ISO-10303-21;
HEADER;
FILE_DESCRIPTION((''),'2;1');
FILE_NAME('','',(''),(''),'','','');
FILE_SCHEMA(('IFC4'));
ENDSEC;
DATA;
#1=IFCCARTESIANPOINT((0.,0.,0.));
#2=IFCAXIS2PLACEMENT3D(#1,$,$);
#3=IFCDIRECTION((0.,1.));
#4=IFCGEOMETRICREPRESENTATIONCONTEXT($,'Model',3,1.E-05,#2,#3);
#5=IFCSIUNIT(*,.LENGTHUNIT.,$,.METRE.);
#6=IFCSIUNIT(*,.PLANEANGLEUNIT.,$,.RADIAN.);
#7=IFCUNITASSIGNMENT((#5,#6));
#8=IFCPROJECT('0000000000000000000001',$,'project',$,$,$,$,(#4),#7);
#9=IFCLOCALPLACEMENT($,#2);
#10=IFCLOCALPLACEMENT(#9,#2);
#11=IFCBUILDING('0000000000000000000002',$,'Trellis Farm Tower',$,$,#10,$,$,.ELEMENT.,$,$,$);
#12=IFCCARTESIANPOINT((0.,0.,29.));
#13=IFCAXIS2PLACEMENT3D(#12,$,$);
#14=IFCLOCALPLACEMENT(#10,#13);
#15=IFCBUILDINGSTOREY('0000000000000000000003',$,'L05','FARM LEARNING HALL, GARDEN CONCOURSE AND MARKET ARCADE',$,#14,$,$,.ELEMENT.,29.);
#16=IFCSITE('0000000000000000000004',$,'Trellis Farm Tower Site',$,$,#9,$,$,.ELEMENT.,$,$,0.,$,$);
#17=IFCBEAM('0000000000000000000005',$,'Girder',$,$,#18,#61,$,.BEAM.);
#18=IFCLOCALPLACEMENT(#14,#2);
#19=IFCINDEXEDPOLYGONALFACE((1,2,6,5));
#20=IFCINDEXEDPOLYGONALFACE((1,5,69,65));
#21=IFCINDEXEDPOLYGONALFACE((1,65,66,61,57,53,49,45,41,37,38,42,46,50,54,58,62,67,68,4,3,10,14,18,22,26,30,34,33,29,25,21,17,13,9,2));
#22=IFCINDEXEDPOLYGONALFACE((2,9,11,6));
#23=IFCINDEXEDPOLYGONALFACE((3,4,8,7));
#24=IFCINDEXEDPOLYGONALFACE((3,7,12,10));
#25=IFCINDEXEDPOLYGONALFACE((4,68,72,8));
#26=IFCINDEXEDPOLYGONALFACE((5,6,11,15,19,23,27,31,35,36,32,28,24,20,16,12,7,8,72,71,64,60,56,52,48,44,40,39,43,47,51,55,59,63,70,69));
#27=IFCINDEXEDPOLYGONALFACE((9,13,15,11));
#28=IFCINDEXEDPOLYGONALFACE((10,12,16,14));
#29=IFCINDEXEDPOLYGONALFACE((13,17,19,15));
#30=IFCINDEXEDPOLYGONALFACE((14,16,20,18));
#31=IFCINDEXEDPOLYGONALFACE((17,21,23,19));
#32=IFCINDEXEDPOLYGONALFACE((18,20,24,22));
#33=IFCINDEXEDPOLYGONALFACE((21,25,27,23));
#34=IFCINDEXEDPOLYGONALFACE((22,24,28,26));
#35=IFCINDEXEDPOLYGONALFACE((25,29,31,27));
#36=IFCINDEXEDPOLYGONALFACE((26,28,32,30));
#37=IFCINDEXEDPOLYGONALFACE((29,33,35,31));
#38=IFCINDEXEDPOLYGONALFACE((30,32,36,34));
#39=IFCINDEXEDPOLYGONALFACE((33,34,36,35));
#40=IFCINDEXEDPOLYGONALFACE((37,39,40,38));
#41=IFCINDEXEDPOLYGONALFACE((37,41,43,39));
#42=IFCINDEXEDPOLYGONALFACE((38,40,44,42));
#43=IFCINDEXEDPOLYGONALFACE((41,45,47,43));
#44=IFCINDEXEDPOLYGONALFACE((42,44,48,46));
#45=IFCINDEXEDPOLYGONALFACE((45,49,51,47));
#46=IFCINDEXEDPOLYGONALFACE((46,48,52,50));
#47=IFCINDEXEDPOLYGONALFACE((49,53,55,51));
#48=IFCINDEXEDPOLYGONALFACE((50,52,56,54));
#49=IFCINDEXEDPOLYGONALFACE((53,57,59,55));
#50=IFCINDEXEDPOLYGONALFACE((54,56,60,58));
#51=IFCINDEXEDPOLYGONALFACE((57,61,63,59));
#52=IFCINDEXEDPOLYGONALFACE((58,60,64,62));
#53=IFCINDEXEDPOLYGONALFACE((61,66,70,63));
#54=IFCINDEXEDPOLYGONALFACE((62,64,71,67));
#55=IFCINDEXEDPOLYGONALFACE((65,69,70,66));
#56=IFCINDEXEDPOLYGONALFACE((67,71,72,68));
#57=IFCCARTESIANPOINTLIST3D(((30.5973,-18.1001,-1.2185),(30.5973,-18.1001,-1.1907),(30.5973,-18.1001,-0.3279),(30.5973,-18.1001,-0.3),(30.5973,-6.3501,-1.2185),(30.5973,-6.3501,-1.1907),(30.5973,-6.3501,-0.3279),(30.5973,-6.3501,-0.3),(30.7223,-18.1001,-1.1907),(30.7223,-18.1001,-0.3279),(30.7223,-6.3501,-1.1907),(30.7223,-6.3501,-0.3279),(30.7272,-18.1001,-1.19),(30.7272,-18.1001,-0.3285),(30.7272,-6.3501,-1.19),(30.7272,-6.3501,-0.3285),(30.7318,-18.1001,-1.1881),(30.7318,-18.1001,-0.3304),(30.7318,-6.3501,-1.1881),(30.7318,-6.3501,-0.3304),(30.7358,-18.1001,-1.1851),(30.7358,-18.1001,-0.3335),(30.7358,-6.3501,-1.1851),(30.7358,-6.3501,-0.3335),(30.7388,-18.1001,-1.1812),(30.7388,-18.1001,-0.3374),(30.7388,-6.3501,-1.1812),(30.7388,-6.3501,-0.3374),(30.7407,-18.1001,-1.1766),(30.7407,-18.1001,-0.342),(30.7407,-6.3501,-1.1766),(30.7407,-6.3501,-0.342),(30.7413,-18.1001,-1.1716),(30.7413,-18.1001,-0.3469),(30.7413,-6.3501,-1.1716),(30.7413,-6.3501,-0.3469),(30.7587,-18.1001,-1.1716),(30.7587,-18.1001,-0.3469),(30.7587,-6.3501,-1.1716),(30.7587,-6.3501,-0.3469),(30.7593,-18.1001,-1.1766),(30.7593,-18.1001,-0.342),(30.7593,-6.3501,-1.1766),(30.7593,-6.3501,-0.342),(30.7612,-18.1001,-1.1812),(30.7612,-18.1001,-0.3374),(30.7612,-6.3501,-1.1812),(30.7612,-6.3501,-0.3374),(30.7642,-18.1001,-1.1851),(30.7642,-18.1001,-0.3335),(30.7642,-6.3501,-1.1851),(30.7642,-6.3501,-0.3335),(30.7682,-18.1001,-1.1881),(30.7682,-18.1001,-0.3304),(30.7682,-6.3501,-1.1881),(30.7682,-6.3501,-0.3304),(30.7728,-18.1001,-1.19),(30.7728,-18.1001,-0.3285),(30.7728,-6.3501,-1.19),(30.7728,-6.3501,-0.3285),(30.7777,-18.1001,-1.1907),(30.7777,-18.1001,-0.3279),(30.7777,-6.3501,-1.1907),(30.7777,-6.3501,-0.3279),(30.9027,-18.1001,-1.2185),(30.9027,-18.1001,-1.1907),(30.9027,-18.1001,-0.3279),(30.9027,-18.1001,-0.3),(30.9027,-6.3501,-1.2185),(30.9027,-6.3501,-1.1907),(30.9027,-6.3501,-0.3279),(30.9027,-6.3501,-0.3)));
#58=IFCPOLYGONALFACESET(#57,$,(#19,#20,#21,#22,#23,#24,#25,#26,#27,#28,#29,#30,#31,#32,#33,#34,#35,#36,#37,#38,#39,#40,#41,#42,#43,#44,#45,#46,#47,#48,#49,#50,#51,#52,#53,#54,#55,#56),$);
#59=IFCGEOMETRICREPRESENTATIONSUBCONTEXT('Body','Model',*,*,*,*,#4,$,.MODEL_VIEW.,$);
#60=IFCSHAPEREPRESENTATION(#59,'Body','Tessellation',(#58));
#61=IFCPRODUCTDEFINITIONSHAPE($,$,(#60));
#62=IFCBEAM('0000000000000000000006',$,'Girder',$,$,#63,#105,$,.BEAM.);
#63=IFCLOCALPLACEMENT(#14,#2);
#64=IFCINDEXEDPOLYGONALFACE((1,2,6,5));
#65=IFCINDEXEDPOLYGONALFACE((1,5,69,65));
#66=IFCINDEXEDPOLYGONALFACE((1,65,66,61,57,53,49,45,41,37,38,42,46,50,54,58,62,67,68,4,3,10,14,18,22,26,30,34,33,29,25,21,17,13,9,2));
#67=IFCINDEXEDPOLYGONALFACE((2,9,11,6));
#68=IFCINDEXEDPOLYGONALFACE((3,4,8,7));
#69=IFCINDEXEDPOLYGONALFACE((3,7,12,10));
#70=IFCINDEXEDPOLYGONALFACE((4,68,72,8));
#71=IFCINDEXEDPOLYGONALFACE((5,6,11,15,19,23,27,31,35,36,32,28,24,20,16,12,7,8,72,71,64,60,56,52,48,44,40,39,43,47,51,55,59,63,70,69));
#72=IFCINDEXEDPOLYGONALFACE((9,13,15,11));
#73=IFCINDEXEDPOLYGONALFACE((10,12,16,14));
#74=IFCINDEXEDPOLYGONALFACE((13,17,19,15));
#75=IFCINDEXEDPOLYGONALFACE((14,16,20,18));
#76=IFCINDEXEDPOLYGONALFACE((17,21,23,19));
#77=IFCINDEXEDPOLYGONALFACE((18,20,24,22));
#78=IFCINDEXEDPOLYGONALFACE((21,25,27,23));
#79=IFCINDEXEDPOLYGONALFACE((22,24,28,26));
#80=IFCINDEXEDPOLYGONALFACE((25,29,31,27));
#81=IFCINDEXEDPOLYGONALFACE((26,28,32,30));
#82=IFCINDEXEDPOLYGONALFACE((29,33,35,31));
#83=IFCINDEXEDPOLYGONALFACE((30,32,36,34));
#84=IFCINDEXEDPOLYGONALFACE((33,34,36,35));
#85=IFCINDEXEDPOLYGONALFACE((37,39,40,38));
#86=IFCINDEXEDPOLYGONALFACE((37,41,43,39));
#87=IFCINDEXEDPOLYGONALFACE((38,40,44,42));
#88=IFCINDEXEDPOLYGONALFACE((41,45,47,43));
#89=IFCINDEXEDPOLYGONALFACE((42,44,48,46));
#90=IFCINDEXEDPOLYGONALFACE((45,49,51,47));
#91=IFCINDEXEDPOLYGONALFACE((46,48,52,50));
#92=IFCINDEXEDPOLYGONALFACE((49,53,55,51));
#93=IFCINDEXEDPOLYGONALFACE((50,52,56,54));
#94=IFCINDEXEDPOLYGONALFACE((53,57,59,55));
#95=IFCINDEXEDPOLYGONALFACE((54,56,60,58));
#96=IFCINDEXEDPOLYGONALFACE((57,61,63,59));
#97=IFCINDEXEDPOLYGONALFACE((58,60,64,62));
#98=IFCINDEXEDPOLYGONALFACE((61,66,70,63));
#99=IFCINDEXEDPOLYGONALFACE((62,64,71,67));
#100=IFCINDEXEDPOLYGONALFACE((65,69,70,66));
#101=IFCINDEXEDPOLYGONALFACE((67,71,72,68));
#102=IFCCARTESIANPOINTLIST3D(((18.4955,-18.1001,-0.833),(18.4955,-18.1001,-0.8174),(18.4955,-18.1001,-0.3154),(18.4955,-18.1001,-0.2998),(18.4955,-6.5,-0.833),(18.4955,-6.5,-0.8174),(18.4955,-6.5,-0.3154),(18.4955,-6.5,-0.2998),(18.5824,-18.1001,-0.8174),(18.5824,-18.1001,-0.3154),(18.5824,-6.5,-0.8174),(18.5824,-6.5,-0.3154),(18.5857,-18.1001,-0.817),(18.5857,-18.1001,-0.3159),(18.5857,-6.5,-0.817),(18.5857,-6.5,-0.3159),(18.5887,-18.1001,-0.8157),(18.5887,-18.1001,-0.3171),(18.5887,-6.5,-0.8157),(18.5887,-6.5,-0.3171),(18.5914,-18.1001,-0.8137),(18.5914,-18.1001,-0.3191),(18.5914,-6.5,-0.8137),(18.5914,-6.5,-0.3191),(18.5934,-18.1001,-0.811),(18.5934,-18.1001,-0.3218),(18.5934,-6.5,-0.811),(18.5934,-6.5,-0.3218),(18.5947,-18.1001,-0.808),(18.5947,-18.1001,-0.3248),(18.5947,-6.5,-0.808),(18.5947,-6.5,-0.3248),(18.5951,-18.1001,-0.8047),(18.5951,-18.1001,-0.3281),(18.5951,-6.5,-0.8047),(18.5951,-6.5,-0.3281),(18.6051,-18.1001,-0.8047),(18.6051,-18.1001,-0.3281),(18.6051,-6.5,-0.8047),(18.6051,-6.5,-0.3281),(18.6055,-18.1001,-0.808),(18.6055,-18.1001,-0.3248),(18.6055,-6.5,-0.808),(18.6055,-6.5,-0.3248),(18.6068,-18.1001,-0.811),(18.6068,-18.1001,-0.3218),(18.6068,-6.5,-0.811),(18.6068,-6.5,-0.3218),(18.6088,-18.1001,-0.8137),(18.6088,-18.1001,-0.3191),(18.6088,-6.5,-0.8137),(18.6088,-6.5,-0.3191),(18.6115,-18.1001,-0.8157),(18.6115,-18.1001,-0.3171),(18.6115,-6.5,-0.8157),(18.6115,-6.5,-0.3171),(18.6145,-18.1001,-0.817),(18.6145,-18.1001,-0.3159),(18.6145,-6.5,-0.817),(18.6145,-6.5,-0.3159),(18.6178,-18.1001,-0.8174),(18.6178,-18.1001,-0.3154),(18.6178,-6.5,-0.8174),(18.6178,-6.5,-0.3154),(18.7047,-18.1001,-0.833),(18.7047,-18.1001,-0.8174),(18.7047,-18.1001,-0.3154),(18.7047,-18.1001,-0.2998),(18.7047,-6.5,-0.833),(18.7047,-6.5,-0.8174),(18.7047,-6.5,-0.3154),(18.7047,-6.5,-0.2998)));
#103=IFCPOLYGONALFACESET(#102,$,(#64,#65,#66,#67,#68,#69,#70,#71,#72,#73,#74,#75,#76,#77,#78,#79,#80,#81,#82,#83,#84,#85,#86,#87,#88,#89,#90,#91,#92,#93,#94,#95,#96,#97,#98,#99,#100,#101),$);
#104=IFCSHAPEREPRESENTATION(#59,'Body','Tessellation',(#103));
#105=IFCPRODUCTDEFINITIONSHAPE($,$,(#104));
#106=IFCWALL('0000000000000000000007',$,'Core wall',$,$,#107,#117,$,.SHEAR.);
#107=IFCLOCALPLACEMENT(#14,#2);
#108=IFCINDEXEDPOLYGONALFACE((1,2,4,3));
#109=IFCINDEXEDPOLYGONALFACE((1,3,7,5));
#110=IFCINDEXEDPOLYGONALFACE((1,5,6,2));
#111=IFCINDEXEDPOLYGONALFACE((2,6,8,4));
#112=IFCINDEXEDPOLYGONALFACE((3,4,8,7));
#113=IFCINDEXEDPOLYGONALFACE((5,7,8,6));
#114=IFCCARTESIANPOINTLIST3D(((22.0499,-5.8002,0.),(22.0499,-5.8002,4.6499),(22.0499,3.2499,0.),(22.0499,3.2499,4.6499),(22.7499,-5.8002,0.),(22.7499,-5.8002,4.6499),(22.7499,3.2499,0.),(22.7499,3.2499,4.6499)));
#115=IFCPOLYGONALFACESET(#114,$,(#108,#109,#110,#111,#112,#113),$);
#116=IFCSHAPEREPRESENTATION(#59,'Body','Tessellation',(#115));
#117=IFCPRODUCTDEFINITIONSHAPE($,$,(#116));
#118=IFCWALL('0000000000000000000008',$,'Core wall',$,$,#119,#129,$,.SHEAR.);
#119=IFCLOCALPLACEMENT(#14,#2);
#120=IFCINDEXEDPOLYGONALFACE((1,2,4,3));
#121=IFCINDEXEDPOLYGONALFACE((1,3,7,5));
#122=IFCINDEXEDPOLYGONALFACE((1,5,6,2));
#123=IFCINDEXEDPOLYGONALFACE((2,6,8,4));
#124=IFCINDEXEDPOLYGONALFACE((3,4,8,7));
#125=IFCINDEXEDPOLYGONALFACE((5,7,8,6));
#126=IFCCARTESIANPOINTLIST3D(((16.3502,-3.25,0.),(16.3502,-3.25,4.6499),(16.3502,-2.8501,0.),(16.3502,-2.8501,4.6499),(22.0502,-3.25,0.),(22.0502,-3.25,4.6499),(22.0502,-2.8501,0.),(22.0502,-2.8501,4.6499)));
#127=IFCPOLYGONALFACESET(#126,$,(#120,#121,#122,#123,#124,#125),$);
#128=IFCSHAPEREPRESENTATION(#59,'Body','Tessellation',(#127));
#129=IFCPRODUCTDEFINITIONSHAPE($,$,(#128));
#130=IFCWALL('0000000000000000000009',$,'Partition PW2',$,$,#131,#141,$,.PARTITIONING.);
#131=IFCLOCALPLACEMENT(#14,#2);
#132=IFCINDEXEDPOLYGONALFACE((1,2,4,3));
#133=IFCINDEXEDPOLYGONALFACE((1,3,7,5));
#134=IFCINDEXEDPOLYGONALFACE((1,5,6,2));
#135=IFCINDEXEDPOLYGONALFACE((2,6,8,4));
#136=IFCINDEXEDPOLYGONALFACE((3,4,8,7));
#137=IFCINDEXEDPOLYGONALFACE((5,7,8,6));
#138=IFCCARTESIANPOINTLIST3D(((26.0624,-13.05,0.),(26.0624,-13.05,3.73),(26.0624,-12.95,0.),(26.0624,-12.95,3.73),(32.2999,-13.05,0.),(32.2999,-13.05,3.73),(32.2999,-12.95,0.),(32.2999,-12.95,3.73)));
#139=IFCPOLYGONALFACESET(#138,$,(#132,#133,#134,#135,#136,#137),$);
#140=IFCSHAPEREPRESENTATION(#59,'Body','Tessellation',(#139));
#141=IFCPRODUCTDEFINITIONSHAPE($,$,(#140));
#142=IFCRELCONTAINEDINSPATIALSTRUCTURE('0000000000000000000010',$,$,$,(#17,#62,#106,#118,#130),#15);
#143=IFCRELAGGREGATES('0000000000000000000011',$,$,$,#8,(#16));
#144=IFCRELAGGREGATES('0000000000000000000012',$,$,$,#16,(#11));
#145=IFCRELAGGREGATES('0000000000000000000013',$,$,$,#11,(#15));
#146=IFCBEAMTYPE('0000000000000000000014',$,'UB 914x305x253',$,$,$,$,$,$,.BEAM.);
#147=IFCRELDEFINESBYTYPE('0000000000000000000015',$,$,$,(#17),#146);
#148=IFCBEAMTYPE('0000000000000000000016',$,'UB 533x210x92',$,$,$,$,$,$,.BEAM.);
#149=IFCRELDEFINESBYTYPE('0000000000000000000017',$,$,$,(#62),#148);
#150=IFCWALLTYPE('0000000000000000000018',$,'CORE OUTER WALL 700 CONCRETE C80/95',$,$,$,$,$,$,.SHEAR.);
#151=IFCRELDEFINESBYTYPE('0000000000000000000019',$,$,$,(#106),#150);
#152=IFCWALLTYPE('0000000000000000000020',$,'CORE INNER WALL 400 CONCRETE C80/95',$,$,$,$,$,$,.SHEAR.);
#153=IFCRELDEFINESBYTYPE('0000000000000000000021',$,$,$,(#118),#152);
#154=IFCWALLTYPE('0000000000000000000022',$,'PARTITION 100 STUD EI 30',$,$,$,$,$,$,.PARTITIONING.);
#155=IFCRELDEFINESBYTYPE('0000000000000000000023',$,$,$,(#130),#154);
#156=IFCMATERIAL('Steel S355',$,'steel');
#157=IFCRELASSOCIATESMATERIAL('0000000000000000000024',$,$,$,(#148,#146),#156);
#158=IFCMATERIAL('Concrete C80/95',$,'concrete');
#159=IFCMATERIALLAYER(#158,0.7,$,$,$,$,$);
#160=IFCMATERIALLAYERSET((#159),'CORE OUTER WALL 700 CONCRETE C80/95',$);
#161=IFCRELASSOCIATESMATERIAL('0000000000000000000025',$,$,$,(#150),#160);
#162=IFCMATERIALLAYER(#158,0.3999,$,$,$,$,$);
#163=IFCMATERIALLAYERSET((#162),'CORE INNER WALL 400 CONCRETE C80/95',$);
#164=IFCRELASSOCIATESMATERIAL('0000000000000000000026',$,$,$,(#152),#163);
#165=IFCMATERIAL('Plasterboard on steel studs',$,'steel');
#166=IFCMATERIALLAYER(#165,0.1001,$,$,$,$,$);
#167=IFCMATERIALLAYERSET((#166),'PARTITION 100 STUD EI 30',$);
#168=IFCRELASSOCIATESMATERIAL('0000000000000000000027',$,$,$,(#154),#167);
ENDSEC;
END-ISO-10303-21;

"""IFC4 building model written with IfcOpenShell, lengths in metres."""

from ifc_helpers import new_model, si_unit, direction, frame, frame_2d, origin, origin_2d, place, context, subcontext, project, spatial, rectangle, i_section, extrude, source, transform, mapped, material, layer, layer_set, material_profile, profile_set, type_object, element, save


model = new_model("IFC4")

# Units and contexts
model_context = context("Model", 3, precision=1e-05, world=origin(), true_north=direction((0.0, 1.0)))
body_context = subcontext(model_context, "Body", "Model", "MODEL_VIEW")
ifc_project = project(units=[si_unit("LENGTHUNIT", "METRE"), si_unit("PLANEANGLEUNIT", "RADIAN")], contexts=[model_context])

# Site, building, storey
site_placement = place(None, origin())
site = spatial("IfcSite", under=ifc_project, at=site_placement, Name="Trellis Farm Tower Site", CompositionType="ELEMENT", RefElevation=0.0)
building_placement = place(site_placement, origin())
building = spatial("IfcBuilding", under=site, at=building_placement, Name="Trellis Farm Tower", CompositionType="ELEMENT")
storey_placement = place(building_placement, frame((0.0, 0.0, 29.0)))
storey = spatial("IfcBuildingStorey", under=building, at=storey_placement, Name="L05", Description="FARM LEARNING HALL, GARDEN CONCOURSE AND MARKET ARCADE", CompositionType="ELEMENT", Elevation=29.0)

# Shared definitions
ifc_material_1 = material(Name="Concrete C80/95", Category="concrete")

# Beams
ifc_material_2 = material(Name="Steel S355", Category="steel")
ifc_material_profile_1 = material_profile(ifc_material_2, i_section(OverallWidth=0.2092, OverallDepth=0.5332, WebThickness=0.01, FlangeThickness=0.0156, FilletRadius=0.0127, at=origin_2d()), Name="UB 533x210x92")
ifc_profile_set_1 = profile_set([ifc_material_profile_1], Name="Steel S355")
beam_type_1 = type_object("IfcBeamType", Name="UB 533x210x92", PredefinedType="BEAM", material=ifc_profile_set_1)
ifc_material_profile_2 = material_profile(ifc_material_2, i_section(OverallWidth=0.3054, OverallDepth=0.9185, WebThickness=0.0173, FlangeThickness=0.0278, FilletRadius=0.019, at=origin_2d()), Name="UB 914x305x253")
ifc_profile_set_2 = profile_set([ifc_material_profile_2], Name="Steel S355")
beam_type_2 = type_object("IfcBeamType", Name="UB 914x305x253", PredefinedType="BEAM", material=ifc_profile_set_2)
shared_shape_1 = source(origin(), body_context, "Body", "SweptSolid", [
    extrude(i_section(OverallWidth=0.3054, OverallDepth=0.9185, WebThickness=0.0173, FlangeThickness=0.0278, FilletRadius=0.019, at=origin_2d()), origin(), (0.0, 0.0, 1.0), 11.75),
])
beam_1_placement = place(storey_placement, frame((30.75, -18.1001, -0.7593), z_axis=(0.0, 1.0, 0.0), x_axis=(-1.0, 0.0, 0.0)))
element("IfcBeam", 1, at=beam_1_placement, inside=storey, type_object=beam_type_2, Name="Girder", PredefinedType="BEAM", context=body_context, shape_type="MappedRepresentation", body=[
    mapped(shared_shape_1, transform((0.0, 0.0, 0.0))),
])
shared_shape_2 = source(origin(), body_context, "Body", "SweptSolid", [
    extrude(i_section(OverallWidth=0.2092, OverallDepth=0.5332, WebThickness=0.01, FlangeThickness=0.0156, FilletRadius=0.0127, at=origin_2d()), origin(), (0.0, 0.0, 1.0), 11.6001),
])
beam_2_placement = place(storey_placement, frame((18.6001, -18.1001, -0.5664), z_axis=(0.0, 1.0, 0.0), x_axis=(-1.0, 0.0, 0.0)))
element("IfcBeam", 2, at=beam_2_placement, inside=storey, type_object=beam_type_1, Name="Girder", PredefinedType="BEAM", context=body_context, shape_type="MappedRepresentation", body=[
    mapped(shared_shape_2, transform((0.0, 0.0, 0.0))),
])

# Walls
ifc_layer_1 = layer(ifc_material_1, 0.7)
ifc_layer_set_1 = layer_set([ifc_layer_1], Name="CORE OUTER WALL 700 CONCRETE C80/95")
wall_type_1 = type_object("IfcWallType", Name="CORE OUTER WALL 700 CONCRETE C80/95", PredefinedType="SHEAR", material=ifc_layer_set_1)
shared_shape_3 = source(origin(), body_context, "Body", "SweptSolid", [
    extrude(rectangle(XDim=9.05, YDim=0.7, at=frame_2d((4.5249, 0.0))), origin(), (0.0, 0.0, 1.0), 4.6499),
])
wall_1_placement = place(storey_placement, frame((22.3999, -5.8, 0.0), z_axis=(0.0, 0.0, 1.0), x_axis=(0.0, 1.0, 0.0)))
element("IfcWall", 3, at=wall_1_placement, inside=storey, type_object=wall_type_1, Name="Core wall", PredefinedType="SHEAR", context=body_context, shape_type="MappedRepresentation", body=[
    mapped(shared_shape_3, transform((0.0, 0.0, 0.0))),
])
ifc_layer_2 = layer(ifc_material_1, 0.3999)
ifc_layer_set_2 = layer_set([ifc_layer_2], Name="CORE INNER WALL 400 CONCRETE C80/95")
wall_type_2 = type_object("IfcWallType", Name="CORE INNER WALL 400 CONCRETE C80/95", PredefinedType="SHEAR", material=ifc_layer_set_2)
shared_shape_4 = source(origin(), body_context, "Body", "SweptSolid", [
    extrude(rectangle(XDim=5.7, YDim=0.3999, at=frame_2d((2.8501, 0.0))), origin(), (0.0, 0.0, 1.0), 4.6499),
])
wall_2_placement = place(storey_placement, frame((16.3501, -3.05, 0.0), z_axis=(0.0, 0.0, 1.0), x_axis=(1.0, 0.0, 0.0)))
element("IfcWall", 4, at=wall_2_placement, inside=storey, type_object=wall_type_2, Name="Core wall", PredefinedType="SHEAR", context=body_context, shape_type="MappedRepresentation", body=[
    mapped(shared_shape_4, transform((0.0, 0.0, 0.0))),
])
ifc_material_3 = material(Name="Plasterboard on steel studs", Category="steel")
ifc_layer_3 = layer(ifc_material_3, 0.1001)
ifc_layer_set_3 = layer_set([ifc_layer_3], Name="PARTITION 100 STUD EI 30")
wall_type_3 = type_object("IfcWallType", Name="PARTITION 100 STUD EI 30", PredefinedType="PARTITIONING", material=ifc_layer_set_3)
shared_shape_5 = source(origin(), body_context, "Body", "SweptSolid", [
    extrude(rectangle(XDim=6.2375, YDim=0.1001, at=frame_2d((3.1187, 0.0))), origin(), (0.0, 0.0, 1.0), 3.73),
])
wall_3_placement = place(storey_placement, frame((26.0625, -13.0, 0.0), z_axis=(0.0, 0.0, 1.0), x_axis=(1.0, 0.0, 0.0)))
element("IfcWall", 5, at=wall_3_placement, inside=storey, type_object=wall_type_3, Name="Partition PW2", PredefinedType="PARTITIONING", context=body_context, shape_type="MappedRepresentation", body=[
    mapped(shared_shape_5, transform((0.0, 0.0, 0.0))),
])

save(model, "model.ifc")
